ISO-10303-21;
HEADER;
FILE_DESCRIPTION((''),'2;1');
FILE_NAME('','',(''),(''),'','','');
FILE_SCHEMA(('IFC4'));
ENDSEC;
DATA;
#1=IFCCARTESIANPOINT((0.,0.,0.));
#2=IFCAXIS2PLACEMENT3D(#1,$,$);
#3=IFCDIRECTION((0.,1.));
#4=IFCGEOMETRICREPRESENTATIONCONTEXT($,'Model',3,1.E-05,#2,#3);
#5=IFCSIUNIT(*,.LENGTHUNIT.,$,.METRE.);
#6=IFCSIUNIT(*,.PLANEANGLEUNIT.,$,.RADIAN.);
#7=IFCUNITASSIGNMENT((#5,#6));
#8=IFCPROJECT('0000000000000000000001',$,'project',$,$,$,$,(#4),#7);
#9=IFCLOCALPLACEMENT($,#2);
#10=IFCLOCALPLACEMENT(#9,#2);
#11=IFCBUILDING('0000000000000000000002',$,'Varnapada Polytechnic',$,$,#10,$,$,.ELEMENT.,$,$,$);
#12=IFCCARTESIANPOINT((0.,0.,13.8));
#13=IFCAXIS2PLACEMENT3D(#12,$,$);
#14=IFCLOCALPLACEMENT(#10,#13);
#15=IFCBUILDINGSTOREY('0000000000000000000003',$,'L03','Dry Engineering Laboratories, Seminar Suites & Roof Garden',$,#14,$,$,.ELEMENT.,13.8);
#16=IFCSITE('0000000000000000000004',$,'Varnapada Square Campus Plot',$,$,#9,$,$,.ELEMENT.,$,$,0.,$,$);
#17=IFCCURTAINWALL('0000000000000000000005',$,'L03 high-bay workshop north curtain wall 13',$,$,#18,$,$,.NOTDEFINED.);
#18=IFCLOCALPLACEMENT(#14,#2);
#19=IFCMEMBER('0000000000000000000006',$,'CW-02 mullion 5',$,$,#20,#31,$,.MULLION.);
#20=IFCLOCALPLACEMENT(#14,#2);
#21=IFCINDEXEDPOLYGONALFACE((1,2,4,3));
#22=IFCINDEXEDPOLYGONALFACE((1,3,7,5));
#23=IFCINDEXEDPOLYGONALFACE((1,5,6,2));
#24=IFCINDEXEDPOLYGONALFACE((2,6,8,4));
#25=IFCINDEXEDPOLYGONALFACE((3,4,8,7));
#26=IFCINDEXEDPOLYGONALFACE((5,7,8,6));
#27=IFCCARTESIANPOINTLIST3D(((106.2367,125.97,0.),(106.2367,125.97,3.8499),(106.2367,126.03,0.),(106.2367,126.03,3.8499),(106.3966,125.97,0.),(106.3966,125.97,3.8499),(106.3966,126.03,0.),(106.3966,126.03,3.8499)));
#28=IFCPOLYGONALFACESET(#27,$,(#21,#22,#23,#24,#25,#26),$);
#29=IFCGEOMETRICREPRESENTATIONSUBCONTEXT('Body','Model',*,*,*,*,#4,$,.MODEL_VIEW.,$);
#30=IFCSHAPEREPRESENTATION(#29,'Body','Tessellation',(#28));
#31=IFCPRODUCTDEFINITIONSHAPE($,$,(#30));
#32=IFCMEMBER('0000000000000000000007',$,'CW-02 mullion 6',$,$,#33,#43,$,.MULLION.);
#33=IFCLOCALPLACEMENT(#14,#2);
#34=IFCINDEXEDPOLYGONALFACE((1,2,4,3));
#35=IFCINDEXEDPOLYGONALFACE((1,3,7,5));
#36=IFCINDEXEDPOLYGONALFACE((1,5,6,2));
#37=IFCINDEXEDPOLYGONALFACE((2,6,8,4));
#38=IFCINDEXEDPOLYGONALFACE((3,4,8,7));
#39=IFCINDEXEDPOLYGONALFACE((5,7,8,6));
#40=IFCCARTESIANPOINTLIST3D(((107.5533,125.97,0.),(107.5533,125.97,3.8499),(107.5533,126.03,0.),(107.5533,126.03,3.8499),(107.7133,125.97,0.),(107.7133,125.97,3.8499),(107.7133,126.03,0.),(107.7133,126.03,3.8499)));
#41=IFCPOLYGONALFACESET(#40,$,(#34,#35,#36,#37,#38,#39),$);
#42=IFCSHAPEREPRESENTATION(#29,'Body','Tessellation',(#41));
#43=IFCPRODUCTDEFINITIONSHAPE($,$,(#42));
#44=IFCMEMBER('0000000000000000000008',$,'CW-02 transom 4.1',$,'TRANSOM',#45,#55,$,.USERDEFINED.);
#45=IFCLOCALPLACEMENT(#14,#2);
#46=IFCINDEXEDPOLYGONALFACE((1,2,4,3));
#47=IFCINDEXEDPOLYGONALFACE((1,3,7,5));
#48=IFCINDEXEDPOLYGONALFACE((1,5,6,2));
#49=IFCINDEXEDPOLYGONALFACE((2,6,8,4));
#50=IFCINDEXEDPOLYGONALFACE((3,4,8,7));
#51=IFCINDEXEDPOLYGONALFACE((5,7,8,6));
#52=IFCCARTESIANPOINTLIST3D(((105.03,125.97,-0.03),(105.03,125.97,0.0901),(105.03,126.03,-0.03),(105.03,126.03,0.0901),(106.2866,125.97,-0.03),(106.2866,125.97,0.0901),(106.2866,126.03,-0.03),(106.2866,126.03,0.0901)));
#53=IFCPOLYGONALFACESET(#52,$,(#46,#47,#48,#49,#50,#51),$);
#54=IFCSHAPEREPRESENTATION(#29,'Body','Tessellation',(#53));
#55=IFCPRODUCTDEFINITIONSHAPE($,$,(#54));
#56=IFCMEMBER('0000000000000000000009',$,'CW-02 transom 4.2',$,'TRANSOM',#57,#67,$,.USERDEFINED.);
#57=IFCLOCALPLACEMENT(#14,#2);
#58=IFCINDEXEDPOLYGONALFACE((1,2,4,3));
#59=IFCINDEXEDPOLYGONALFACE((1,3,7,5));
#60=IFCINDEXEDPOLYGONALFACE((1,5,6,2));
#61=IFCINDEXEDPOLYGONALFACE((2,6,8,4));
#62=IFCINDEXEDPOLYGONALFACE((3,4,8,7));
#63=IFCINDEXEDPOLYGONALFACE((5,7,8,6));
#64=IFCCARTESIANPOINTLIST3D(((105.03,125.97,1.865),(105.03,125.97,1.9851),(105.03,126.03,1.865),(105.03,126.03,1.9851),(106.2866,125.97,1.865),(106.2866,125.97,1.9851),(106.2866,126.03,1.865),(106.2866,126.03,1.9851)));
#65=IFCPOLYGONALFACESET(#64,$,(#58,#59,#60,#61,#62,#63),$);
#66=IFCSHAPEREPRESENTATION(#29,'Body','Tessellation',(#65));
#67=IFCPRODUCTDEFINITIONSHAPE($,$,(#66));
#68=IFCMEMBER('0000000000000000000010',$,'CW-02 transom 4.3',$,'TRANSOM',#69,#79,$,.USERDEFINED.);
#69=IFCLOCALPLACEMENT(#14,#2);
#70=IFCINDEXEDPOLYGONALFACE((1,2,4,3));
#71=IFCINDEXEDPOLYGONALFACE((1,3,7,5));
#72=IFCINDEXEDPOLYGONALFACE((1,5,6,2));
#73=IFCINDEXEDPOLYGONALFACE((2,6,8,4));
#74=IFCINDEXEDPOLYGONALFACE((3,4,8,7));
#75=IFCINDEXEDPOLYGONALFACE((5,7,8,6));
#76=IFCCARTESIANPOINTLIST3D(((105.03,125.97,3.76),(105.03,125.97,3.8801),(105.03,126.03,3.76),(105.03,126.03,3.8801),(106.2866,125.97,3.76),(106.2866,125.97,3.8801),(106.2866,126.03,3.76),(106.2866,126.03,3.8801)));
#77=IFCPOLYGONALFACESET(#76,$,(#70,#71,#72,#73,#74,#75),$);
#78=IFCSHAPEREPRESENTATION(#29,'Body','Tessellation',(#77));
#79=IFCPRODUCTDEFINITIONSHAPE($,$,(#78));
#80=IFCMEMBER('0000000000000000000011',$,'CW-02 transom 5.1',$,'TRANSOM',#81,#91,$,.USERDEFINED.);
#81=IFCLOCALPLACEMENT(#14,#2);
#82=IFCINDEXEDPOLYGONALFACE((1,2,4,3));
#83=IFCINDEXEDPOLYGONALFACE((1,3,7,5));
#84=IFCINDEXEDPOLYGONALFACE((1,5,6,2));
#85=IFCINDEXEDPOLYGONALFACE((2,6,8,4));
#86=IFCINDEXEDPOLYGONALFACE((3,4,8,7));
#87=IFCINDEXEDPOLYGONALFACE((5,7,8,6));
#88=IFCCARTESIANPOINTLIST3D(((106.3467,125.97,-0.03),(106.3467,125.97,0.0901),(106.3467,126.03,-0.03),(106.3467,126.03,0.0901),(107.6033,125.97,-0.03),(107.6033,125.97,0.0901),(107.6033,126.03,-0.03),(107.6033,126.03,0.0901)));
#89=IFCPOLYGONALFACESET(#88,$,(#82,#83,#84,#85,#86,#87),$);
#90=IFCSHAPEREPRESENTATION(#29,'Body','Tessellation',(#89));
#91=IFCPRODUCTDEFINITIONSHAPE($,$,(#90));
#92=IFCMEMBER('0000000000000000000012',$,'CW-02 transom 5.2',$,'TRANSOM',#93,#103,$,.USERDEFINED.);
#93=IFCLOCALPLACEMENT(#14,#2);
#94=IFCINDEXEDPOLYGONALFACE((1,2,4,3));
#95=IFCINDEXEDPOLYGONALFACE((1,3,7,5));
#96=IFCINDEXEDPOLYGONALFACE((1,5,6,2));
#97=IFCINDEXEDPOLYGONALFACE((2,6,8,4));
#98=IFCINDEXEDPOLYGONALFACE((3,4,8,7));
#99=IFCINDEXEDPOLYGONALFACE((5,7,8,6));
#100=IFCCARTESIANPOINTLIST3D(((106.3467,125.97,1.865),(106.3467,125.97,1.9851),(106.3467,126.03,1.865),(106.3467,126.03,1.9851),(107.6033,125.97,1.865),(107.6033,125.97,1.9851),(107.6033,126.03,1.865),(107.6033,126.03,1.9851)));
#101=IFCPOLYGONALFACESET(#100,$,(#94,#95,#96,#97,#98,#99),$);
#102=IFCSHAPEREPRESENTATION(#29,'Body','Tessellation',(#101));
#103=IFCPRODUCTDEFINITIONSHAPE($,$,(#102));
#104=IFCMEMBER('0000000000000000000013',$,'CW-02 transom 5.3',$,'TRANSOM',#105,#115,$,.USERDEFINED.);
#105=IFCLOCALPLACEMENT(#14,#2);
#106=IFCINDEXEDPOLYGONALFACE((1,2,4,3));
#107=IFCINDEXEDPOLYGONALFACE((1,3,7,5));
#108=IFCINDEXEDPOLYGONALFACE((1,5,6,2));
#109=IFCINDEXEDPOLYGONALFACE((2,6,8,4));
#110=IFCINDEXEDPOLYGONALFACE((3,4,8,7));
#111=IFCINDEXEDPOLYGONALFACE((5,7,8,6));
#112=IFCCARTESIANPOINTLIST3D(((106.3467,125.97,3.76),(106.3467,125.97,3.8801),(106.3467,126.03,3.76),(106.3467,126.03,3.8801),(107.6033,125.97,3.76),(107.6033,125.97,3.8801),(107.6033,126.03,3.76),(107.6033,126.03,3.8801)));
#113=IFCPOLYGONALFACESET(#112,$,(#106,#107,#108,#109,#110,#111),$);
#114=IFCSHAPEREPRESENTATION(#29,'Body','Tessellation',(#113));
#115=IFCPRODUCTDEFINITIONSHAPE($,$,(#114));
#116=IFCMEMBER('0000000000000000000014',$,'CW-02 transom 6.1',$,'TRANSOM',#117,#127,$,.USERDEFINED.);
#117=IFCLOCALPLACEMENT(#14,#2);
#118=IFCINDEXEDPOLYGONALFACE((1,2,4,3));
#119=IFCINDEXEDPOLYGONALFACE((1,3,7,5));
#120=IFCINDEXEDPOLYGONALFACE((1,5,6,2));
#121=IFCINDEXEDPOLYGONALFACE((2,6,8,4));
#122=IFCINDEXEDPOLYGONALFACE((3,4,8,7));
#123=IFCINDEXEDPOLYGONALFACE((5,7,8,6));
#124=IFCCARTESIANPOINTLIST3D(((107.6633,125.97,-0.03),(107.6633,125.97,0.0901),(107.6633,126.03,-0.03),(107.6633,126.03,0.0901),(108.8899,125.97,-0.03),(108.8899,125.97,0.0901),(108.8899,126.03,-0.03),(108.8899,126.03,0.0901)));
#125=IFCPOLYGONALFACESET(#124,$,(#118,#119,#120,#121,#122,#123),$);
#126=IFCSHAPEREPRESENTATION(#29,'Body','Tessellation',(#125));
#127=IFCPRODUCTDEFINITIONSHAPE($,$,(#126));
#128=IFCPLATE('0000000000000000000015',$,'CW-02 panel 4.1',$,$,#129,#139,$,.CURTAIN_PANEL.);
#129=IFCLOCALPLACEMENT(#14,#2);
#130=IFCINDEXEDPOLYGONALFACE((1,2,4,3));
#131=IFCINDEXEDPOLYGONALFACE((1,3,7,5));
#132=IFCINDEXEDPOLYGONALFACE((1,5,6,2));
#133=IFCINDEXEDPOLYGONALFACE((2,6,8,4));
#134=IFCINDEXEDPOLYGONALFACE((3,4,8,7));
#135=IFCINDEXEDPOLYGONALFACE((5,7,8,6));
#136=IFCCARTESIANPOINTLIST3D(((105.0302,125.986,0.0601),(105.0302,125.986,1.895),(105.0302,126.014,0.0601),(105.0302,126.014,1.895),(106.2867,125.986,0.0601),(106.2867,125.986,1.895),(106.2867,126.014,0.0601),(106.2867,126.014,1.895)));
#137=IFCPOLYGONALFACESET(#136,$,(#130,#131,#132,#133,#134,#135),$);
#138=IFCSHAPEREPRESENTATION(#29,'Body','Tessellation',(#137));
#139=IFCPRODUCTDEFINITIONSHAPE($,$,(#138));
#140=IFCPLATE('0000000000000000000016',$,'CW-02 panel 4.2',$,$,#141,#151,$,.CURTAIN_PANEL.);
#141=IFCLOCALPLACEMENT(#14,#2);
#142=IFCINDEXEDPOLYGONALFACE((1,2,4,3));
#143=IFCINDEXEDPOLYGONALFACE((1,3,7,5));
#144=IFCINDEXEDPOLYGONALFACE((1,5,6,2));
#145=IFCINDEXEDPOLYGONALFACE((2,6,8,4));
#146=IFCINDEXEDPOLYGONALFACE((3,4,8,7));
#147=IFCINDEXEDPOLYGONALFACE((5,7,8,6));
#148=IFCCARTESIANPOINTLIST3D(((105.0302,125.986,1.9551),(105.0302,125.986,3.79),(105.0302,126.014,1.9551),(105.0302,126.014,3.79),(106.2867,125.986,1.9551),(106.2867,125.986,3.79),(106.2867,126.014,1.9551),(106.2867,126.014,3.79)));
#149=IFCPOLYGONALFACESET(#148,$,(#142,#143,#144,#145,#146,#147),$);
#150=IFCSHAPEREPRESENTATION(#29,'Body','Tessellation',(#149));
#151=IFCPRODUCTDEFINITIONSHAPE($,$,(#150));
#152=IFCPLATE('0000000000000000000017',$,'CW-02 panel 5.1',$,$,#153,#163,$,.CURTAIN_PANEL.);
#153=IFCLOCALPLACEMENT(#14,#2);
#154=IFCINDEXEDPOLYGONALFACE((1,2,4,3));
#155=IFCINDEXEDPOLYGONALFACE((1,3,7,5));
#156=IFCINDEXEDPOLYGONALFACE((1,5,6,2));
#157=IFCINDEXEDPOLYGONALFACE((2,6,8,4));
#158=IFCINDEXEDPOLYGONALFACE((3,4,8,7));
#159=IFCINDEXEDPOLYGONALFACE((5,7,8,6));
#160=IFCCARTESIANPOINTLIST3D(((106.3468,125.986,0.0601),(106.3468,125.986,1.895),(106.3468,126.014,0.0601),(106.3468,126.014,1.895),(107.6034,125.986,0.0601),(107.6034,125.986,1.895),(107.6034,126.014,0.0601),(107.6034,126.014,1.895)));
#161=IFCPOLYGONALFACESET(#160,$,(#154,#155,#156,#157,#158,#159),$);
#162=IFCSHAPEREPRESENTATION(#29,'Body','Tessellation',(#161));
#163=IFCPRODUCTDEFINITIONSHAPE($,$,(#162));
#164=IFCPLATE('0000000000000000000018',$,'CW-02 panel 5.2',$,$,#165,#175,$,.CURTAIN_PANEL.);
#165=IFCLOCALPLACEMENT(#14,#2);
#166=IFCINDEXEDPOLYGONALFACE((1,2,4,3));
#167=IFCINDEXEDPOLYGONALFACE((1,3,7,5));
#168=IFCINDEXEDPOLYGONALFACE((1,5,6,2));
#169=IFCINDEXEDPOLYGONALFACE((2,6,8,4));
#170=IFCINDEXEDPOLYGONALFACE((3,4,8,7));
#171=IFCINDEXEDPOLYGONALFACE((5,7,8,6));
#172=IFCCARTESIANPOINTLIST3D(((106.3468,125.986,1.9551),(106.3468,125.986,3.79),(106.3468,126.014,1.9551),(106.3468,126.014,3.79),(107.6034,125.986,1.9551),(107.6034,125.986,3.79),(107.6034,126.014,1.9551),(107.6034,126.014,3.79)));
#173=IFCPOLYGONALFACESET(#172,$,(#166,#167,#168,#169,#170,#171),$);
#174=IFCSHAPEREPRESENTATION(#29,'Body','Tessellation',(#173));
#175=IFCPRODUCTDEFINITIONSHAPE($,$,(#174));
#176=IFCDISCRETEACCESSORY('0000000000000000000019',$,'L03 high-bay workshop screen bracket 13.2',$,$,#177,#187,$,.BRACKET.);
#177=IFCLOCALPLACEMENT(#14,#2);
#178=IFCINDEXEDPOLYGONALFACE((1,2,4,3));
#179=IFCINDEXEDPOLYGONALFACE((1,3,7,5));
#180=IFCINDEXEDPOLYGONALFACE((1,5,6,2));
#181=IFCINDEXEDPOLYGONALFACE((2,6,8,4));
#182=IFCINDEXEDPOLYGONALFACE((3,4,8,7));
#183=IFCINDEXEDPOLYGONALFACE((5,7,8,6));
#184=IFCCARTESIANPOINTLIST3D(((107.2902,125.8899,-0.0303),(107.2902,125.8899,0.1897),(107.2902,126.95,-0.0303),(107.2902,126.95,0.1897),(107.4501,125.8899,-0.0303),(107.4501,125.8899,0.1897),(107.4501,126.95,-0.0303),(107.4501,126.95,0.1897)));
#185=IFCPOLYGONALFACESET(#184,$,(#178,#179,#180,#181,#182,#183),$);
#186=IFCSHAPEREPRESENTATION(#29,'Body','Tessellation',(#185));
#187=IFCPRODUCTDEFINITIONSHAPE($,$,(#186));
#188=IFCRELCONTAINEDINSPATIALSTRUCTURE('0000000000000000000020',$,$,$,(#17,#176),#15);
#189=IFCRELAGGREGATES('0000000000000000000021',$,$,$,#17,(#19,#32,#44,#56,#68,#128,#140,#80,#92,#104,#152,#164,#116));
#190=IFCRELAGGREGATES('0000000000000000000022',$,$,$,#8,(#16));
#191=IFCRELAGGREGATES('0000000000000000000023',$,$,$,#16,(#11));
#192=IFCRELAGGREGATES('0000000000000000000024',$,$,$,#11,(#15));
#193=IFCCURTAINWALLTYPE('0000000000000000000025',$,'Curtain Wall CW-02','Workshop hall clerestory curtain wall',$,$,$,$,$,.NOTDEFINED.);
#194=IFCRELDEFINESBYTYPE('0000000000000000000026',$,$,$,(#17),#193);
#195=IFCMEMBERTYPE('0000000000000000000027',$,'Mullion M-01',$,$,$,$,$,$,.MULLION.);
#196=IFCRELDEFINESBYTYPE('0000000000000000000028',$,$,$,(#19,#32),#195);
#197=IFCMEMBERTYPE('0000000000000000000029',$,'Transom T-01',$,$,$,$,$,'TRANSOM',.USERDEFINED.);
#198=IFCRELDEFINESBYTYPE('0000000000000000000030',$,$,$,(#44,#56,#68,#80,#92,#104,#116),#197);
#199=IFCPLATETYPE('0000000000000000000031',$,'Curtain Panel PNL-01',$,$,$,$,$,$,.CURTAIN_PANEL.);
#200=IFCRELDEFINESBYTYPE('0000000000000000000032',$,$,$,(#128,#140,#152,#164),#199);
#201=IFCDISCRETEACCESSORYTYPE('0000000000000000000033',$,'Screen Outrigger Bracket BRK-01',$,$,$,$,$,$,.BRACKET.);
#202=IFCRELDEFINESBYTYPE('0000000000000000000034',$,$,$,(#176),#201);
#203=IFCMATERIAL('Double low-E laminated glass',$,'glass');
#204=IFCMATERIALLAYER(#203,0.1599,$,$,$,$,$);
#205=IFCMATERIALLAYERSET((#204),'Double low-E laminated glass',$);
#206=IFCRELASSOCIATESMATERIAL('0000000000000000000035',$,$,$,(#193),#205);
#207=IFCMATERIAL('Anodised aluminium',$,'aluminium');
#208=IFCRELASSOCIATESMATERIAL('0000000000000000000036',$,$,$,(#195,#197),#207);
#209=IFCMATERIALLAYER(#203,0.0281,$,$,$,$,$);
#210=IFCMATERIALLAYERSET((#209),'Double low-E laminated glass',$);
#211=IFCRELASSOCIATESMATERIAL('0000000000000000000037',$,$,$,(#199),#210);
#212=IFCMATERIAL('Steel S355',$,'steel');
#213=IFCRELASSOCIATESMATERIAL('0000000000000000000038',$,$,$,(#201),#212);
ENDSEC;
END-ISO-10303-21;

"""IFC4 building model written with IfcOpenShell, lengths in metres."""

from ifc_helpers import new_model, si_unit, direction, frame, origin, origin_2d, place, context, subcontext, project, spatial, rectangle, extrude, material, layer, layer_set, material_profile, profile_set, type_object, element, aggregate, save


model = new_model("IFC4")

# Units and contexts
model_context = context("Model", 3, precision=1e-05, world=origin(), true_north=direction((0.0, 1.0)))
body_context = subcontext(model_context, "Body", "Model", "MODEL_VIEW")
ifc_project = project(units=[si_unit("LENGTHUNIT", "METRE"), si_unit("PLANEANGLEUNIT", "RADIAN")], contexts=[model_context])

# Site, building, storey
site_placement = place(None, origin())
site = spatial("IfcSite", under=ifc_project, at=site_placement, Name="Varnapada Square Campus Plot", CompositionType="ELEMENT", RefElevation=0.0)
building_placement = place(site_placement, origin())
building = spatial("IfcBuilding", under=site, at=building_placement, Name="Varnapada Polytechnic", CompositionType="ELEMENT")
storey_placement = place(building_placement, frame((0.0, 0.0, 13.8)))
storey = spatial("IfcBuildingStorey", under=building, at=storey_placement, Name="L03", Description="Dry Engineering Laboratories, Seminar Suites & Roof Garden", CompositionType="ELEMENT", Elevation=13.8)

# Curtain wall, members, plates
ifc_material_1 = material(Name="Double low-E laminated glass", Category="glass")
ifc_layer_1 = layer(ifc_material_1, 0.1599)
ifc_layer_set_1 = layer_set([ifc_layer_1], Name="Double low-E laminated glass")
curtain_wall_type = type_object("IfcCurtainWallType", Name="Curtain Wall CW-02", Description="Workshop hall clerestory curtain wall", PredefinedType="NOTDEFINED", material=ifc_layer_set_1)
curtain_wall_placement = place(storey_placement, origin())
curtain_wall = element("IfcCurtainWall", 1, at=curtain_wall_placement, inside=storey, type_object=curtain_wall_type, Name="L03 high-bay workshop north curtain wall 13", PredefinedType="NOTDEFINED")
ifc_material_2 = material(Name="Anodised aluminium", Category="aluminium")
ifc_material_profile_1 = material_profile(ifc_material_2, rectangle(XDim=0.0601, YDim=0.1599, at=origin_2d()), Name="ALU M60x160")
ifc_profile_set_1 = profile_set([ifc_material_profile_1], Name="Anodised aluminium")
member_type_1 = type_object("IfcMemberType", Name="Mullion M-01", PredefinedType="MULLION", material=ifc_profile_set_1)
member_1_placement = place(storey_placement, frame((106.3167, 126.0, 0.0), z_axis=(0.0, 0.0, 1.0), x_axis=(0.0, 1.0, 0.0)))
member_1 = element("IfcMember", 2, at=member_1_placement, type_object=member_type_1, Name="CW-02 mullion 5", PredefinedType="MULLION", context=body_context, shape_type="SweptSolid", body=[
    extrude(rectangle(XDim=0.0601, YDim=0.1599, at=origin_2d()), origin(), (0.0, 0.0, 1.0), 3.8499),
])
member_2_placement = place(storey_placement, frame((107.6333, 126.0, 0.0), z_axis=(0.0, 0.0, 1.0), x_axis=(0.0, 1.0, 0.0)))
member_2 = element("IfcMember", 3, at=member_2_placement, type_object=member_type_1, Name="CW-02 mullion 6", PredefinedType="MULLION", context=body_context, shape_type="SweptSolid", body=[
    extrude(rectangle(XDim=0.0601, YDim=0.1599, at=origin_2d()), origin(), (0.0, 0.0, 1.0), 3.8499),
])
ifc_material_profile_2 = material_profile(ifc_material_2, rectangle(XDim=0.0601, YDim=0.1201, at=origin_2d()), Name="ALU T60x120")
ifc_profile_set_2 = profile_set([ifc_material_profile_2], Name="Anodised aluminium")
member_type_2 = type_object("IfcMemberType", Name="Transom T-01", ElementType="TRANSOM", PredefinedType="USERDEFINED", material=ifc_profile_set_2)
member_3_placement = place(storey_placement, frame((105.03, 126.0, 0.03), z_axis=(1.0, 0.0, 0.0), x_axis=(0.0, 1.0, 0.0)))
member_3 = element("IfcMember", 4, at=member_3_placement, type_object=member_type_2, Name="CW-02 transom 4.1", ObjectType="TRANSOM", PredefinedType="USERDEFINED", context=body_context, shape_type="SweptSolid", body=[
    extrude(rectangle(XDim=0.0601, YDim=0.1201, at=origin_2d()), origin(), (0.0, 0.0, 1.0), 1.2566),
])
member_4_placement = place(storey_placement, frame((105.03, 126.0, 1.925), z_axis=(1.0, 0.0, 0.0), x_axis=(0.0, 1.0, 0.0)))
member_4 = element("IfcMember", 5, at=member_4_placement, type_object=member_type_2, Name="CW-02 transom 4.2", ObjectType="TRANSOM", PredefinedType="USERDEFINED", context=body_context, shape_type="SweptSolid", body=[
    extrude(rectangle(XDim=0.0601, YDim=0.1201, at=origin_2d()), origin(), (0.0, 0.0, 1.0), 1.2566),
])
member_5_placement = place(storey_placement, frame((105.03, 126.0, 3.8201), z_axis=(1.0, 0.0, 0.0), x_axis=(0.0, 1.0, 0.0)))
member_5 = element("IfcMember", 6, at=member_5_placement, type_object=member_type_2, Name="CW-02 transom 4.3", ObjectType="TRANSOM", PredefinedType="USERDEFINED", context=body_context, shape_type="SweptSolid", body=[
    extrude(rectangle(XDim=0.0601, YDim=0.1201, at=origin_2d()), origin(), (0.0, 0.0, 1.0), 1.2566),
])
member_6_placement = place(storey_placement, frame((106.3467, 126.0, 0.03), z_axis=(1.0, 0.0, 0.0), x_axis=(0.0, 1.0, 0.0)))
member_6 = element("IfcMember", 7, at=member_6_placement, type_object=member_type_2, Name="CW-02 transom 5.1", ObjectType="TRANSOM", PredefinedType="USERDEFINED", context=body_context, shape_type="SweptSolid", body=[
    extrude(rectangle(XDim=0.0601, YDim=0.1201, at=origin_2d()), origin(), (0.0, 0.0, 1.0), 1.2566),
])
member_7_placement = place(storey_placement, frame((106.3467, 126.0, 1.925), z_axis=(1.0, 0.0, 0.0), x_axis=(0.0, 1.0, 0.0)))
member_7 = element("IfcMember", 8, at=member_7_placement, type_object=member_type_2, Name="CW-02 transom 5.2", ObjectType="TRANSOM", PredefinedType="USERDEFINED", context=body_context, shape_type="SweptSolid", body=[
    extrude(rectangle(XDim=0.0601, YDim=0.1201, at=origin_2d()), origin(), (0.0, 0.0, 1.0), 1.2566),
])
member_8_placement = place(storey_placement, frame((106.3467, 126.0, 3.8201), z_axis=(1.0, 0.0, 0.0), x_axis=(0.0, 1.0, 0.0)))
member_8 = element("IfcMember", 9, at=member_8_placement, type_object=member_type_2, Name="CW-02 transom 5.3", ObjectType="TRANSOM", PredefinedType="USERDEFINED", context=body_context, shape_type="SweptSolid", body=[
    extrude(rectangle(XDim=0.0601, YDim=0.1201, at=origin_2d()), origin(), (0.0, 0.0, 1.0), 1.2566),
])
member_9_placement = place(storey_placement, frame((107.6633, 126.0, 0.03), z_axis=(1.0, 0.0, 0.0), x_axis=(0.0, 1.0, 0.0)))
member_9 = element("IfcMember", 10, at=member_9_placement, type_object=member_type_2, Name="CW-02 transom 6.1", ObjectType="TRANSOM", PredefinedType="USERDEFINED", context=body_context, shape_type="SweptSolid", body=[
    extrude(rectangle(XDim=0.0601, YDim=0.1201, at=origin_2d()), origin(), (0.0, 0.0, 1.0), 1.2266),
])
ifc_layer_2 = layer(ifc_material_1, 0.0281)
ifc_layer_set_2 = layer_set([ifc_layer_2], Name="Double low-E laminated glass")
plate_type = type_object("IfcPlateType", Name="Curtain Panel PNL-01", PredefinedType="CURTAIN_PANEL", material=ifc_layer_set_2)
plate_1_placement = place(storey_placement, frame((105.6584, 126.0, 0.0601), z_axis=(0.0, 0.0, 1.0), x_axis=(1.0, 0.0, 0.0)))
plate_1 = element("IfcPlate", 11, at=plate_1_placement, type_object=plate_type, Name="CW-02 panel 4.1", PredefinedType="CURTAIN_PANEL", context=body_context, shape_type="SweptSolid", body=[
    extrude(rectangle(XDim=1.2566, YDim=0.0281, at=origin_2d()), origin(), (0.0, 0.0, 1.0), 1.835),
])
plate_2_placement = place(storey_placement, frame((105.6584, 126.0, 1.9551), z_axis=(0.0, 0.0, 1.0), x_axis=(1.0, 0.0, 0.0)))
plate_2 = element("IfcPlate", 12, at=plate_2_placement, type_object=plate_type, Name="CW-02 panel 4.2", PredefinedType="CURTAIN_PANEL", context=body_context, shape_type="SweptSolid", body=[
    extrude(rectangle(XDim=1.2566, YDim=0.0281, at=origin_2d()), origin(), (0.0, 0.0, 1.0), 1.835),
])
plate_3_placement = place(storey_placement, frame((106.9751, 126.0, 0.0601), z_axis=(0.0, 0.0, 1.0), x_axis=(1.0, 0.0, 0.0)))
plate_3 = element("IfcPlate", 13, at=plate_3_placement, type_object=plate_type, Name="CW-02 panel 5.1", PredefinedType="CURTAIN_PANEL", context=body_context, shape_type="SweptSolid", body=[
    extrude(rectangle(XDim=1.2566, YDim=0.0281, at=origin_2d()), origin(), (0.0, 0.0, 1.0), 1.835),
])
plate_4_placement = place(storey_placement, frame((106.9751, 126.0, 1.9551), z_axis=(0.0, 0.0, 1.0), x_axis=(1.0, 0.0, 0.0)))
plate_4 = element("IfcPlate", 14, at=plate_4_placement, type_object=plate_type, Name="CW-02 panel 5.2", PredefinedType="CURTAIN_PANEL", context=body_context, shape_type="SweptSolid", body=[
    extrude(rectangle(XDim=1.2566, YDim=0.0281, at=origin_2d()), origin(), (0.0, 0.0, 1.0), 1.835),
])
aggregate(curtain_wall, [member_1, member_2, member_3, member_4, member_5, plate_1, plate_2, member_6, member_7, member_8, plate_3, plate_4, member_9])

# Discrete accessory
ifc_material_3 = material(Name="Steel S355", Category="steel")
discrete_accessory_type = type_object("IfcDiscreteAccessoryType", Name="Screen Outrigger Bracket BRK-01", PredefinedType="BRACKET", material=ifc_material_3)
discrete_accessory_placement = place(storey_placement, frame((107.3701, 126.4199, -0.0303), z_axis=(0.0, 0.0, 1.0), x_axis=(1.0, 0.0, 0.0)))
element("IfcDiscreteAccessory", 15, at=discrete_accessory_placement, inside=storey, type_object=discrete_accessory_type, Name="L03 high-bay workshop screen bracket 13.2", PredefinedType="BRACKET", context=body_context, shape_type="SweptSolid", body=[
    extrude(rectangle(XDim=0.1599, YDim=1.0601, at=origin_2d()), origin(), (0.0, 0.0, 1.0), 0.22),
])

save(model, "model.ifc")
